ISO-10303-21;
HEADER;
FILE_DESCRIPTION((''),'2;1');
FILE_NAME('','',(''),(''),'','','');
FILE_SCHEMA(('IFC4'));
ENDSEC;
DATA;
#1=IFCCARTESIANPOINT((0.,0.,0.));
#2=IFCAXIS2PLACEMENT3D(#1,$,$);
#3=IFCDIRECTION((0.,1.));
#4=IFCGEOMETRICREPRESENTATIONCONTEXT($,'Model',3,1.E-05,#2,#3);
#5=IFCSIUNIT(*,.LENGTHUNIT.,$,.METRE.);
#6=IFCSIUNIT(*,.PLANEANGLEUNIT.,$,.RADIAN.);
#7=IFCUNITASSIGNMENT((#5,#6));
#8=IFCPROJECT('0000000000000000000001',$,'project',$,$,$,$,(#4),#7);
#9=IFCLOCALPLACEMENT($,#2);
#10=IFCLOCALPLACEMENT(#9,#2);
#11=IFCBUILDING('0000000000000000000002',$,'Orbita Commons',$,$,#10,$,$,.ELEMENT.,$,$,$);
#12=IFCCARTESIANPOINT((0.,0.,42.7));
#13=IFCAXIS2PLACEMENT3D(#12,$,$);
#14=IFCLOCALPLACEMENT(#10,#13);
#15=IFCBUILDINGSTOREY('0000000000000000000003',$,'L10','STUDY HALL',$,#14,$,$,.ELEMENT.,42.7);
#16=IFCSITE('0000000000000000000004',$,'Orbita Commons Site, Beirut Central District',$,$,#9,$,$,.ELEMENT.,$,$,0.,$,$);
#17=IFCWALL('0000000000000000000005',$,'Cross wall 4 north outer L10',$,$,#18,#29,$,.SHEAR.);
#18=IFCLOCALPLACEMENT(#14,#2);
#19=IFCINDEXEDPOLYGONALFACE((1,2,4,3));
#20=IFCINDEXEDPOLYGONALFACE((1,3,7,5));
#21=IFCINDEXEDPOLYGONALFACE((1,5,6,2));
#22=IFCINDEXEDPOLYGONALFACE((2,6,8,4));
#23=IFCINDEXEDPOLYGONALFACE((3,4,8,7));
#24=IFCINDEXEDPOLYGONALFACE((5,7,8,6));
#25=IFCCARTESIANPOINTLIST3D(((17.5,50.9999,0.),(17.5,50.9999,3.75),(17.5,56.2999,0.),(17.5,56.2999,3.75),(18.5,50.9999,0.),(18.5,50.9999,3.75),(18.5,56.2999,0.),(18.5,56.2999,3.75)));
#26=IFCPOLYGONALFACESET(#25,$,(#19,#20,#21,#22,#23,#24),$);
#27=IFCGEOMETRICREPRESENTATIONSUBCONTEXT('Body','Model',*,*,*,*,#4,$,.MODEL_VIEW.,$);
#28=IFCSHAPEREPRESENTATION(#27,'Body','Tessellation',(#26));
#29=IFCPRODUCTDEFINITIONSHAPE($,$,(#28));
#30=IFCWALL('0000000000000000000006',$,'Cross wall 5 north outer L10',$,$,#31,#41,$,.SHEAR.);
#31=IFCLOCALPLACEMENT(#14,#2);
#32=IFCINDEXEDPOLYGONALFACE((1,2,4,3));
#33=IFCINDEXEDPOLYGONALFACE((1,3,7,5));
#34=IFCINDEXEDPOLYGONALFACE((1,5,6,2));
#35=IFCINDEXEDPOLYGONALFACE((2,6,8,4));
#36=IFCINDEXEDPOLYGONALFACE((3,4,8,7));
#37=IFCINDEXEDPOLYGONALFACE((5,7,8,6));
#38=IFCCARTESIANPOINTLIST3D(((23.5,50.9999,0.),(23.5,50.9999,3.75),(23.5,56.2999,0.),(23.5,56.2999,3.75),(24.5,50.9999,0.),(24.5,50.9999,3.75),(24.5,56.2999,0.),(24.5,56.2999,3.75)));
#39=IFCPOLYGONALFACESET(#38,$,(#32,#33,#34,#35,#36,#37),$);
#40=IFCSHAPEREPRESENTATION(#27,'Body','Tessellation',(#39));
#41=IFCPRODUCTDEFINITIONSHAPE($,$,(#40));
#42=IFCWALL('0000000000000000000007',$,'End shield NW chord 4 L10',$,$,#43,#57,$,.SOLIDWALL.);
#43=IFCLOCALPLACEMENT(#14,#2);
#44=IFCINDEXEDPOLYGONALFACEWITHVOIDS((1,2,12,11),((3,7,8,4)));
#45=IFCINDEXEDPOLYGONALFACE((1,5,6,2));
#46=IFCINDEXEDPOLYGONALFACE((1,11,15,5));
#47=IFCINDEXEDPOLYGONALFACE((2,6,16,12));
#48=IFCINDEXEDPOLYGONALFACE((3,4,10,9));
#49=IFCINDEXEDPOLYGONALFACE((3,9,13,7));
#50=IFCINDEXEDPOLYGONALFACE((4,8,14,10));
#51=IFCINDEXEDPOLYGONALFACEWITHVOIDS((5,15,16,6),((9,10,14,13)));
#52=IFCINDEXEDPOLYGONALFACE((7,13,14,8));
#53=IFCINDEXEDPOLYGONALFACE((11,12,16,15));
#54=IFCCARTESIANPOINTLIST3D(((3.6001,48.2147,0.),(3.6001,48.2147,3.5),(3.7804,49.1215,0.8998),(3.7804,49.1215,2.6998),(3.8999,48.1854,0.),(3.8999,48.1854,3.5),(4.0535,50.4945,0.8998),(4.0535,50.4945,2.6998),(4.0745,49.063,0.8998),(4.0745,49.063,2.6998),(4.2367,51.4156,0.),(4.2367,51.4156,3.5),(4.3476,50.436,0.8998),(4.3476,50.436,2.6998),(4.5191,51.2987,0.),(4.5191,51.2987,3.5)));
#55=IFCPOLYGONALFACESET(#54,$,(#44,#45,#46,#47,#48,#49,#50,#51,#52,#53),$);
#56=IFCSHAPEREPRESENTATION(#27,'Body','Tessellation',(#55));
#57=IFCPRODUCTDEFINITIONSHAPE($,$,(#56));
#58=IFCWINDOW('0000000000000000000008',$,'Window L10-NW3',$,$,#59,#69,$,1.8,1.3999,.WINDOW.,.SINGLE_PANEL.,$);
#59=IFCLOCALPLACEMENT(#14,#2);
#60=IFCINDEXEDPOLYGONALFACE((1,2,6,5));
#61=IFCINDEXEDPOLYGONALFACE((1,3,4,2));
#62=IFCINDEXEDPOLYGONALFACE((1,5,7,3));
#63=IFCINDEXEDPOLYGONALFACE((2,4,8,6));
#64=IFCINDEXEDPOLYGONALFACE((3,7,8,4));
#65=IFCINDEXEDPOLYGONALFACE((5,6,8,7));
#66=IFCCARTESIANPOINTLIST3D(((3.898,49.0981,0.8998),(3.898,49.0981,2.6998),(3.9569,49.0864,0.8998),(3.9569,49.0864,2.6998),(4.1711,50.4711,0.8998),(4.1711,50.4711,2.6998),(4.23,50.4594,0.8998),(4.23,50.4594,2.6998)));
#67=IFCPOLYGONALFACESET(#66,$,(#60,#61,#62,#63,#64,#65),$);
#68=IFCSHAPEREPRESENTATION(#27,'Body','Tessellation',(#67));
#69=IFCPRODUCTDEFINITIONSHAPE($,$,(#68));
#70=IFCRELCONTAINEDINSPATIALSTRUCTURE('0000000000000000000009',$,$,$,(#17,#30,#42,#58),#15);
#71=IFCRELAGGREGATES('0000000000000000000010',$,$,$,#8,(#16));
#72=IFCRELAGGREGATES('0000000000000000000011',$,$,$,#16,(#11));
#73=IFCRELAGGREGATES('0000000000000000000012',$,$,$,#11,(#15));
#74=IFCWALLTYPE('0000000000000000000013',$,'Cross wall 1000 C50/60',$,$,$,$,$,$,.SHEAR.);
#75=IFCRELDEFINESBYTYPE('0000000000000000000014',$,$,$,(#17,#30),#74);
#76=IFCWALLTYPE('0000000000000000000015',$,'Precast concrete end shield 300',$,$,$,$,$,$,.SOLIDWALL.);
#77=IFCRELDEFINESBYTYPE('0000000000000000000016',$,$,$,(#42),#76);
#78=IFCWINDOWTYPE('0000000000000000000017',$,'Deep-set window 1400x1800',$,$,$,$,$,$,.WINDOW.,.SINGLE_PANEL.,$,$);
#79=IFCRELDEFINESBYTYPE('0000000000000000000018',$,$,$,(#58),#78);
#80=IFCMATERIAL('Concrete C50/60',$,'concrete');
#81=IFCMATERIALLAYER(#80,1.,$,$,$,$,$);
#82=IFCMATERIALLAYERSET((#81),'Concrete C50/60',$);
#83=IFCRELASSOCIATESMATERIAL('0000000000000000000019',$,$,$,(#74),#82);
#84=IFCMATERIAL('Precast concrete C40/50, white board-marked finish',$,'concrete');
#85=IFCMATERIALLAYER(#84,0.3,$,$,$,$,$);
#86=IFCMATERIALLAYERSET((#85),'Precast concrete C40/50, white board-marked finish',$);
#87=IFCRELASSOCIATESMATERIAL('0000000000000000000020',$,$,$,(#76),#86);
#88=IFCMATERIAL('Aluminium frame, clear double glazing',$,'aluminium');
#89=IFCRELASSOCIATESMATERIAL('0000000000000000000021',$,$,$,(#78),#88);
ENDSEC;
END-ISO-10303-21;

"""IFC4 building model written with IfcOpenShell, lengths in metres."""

from ifc_helpers import new_model, si_unit, direction, frame, frame_2d, origin, place, context, subcontext, project, spatial, polyline, rectangle, outline, extrude, material, layer, layer_set, type_object, element, fill, save


model = new_model("IFC4")

# Units and contexts
model_context = context("Model", 3, precision=1e-05, world=origin(), true_north=direction((0.0, 1.0)))
body_context = subcontext(model_context, "Body", "Model", "MODEL_VIEW")
ifc_project = project(units=[si_unit("LENGTHUNIT", "METRE"), si_unit("PLANEANGLEUNIT", "RADIAN")], contexts=[model_context])

# Site, building, storey
site_placement = place(None, origin())
site = spatial("IfcSite", under=ifc_project, at=site_placement, Name="Orbita Commons Site, Beirut Central District", CompositionType="ELEMENT", RefElevation=0.0)
building_placement = place(site_placement, origin())
building = spatial("IfcBuilding", under=site, at=building_placement, Name="Orbita Commons", CompositionType="ELEMENT")
storey_placement = place(building_placement, frame((0.0, 0.0, 42.7)))
storey = spatial("IfcBuildingStorey", under=building, at=storey_placement, Name="L10", Description="STUDY HALL", CompositionType="ELEMENT", Elevation=42.7)

# Walls
ifc_material_1 = material(Name="Concrete C50/60", Category="concrete")
ifc_layer_1 = layer(ifc_material_1, 1.0)
ifc_layer_set_1 = layer_set([ifc_layer_1], Name="Concrete C50/60")
wall_type_1 = type_object("IfcWallType", Name="Cross wall 1000 C50/60", PredefinedType="SHEAR", material=ifc_layer_set_1)
for number, where, z_axis, x_axis, name in (
    (1, (18.0, 51.0, 0.0), (0.0, 0.0, 1.0), (0.0, 1.0, 0.0), "Cross wall 4 north outer L10"),
    (2, (24.0, 51.0, 0.0), (0.0, 0.0, 1.0), (0.0, 1.0, 0.0), "Cross wall 5 north outer L10"),
):
    element("IfcWall", number, at=place(storey_placement, frame(where, z_axis=z_axis, x_axis=x_axis)), inside=storey, type_object=wall_type_1, Name=name, PredefinedType="SHEAR", context=body_context, shape_type="SweptSolid", body=[
        extrude(rectangle(XDim=5.3, YDim=1.0, at=frame_2d((2.6499, 0.0))), origin(), (0.0, 0.0, 1.0), 3.75),
    ])

# Wall, opening, window
ifc_material_2 = material(Name="Precast concrete C40/50, white board-marked finish", Category="concrete")
ifc_layer_2 = layer(ifc_material_2, 0.3)
ifc_layer_set_2 = layer_set([ifc_layer_2], Name="Precast concrete C40/50, white board-marked finish")
wall_type_2 = type_object("IfcWallType", Name="Precast concrete end shield 300", PredefinedType="SOLIDWALL", material=ifc_layer_set_2)
wall_1_placement = place(storey_placement, frame((4.3779, 51.3572, 0.0), z_axis=(0.0, 0.0, 1.0), x_axis=(-0.195066, -0.98079, 0.0)))
wall_1 = element("IfcWall", 3, at=wall_1_placement, inside=storey, type_object=wall_type_2, Name="End shield NW chord 4 L10", PredefinedType="SOLIDWALL", context=body_context, shape_type="SweptSolid", body=[
    extrude(outline(polyline([(-0.0298, -0.1499), (3.2339, -0.1499), (3.2041, 0.1499), (0.0298, 0.1499), (-0.0298, -0.1499)])), origin(), (0.0, 0.0, 1.0), 3.5),
])
opening_1_placement = place(wall_1_placement, frame((0.9094, 0.0, 0.8999)))
opening_1 = element("IfcOpeningElement", 4, at=opening_1_placement, cuts=wall_1, PredefinedType="OPENING", context=body_context, shape_type="SweptSolid", body=[
    extrude(rectangle(XDim=1.3999, YDim=1.8, at=frame_2d((0.7, 0.8999))), frame((0.0, 0.1599, 0.0), z_axis=(0.0, -1.0, 0.0), x_axis=(1.0, 0.0, 0.0)), (0.0, 0.0, 1.0), 0.3201),
])
ifc_material_3 = material(Name="Aluminium frame, clear double glazing", Category="aluminium")
window_type = type_object("IfcWindowType", Name="Deep-set window 1400x1800", PartitioningType="SINGLE_PANEL", PredefinedType="WINDOW", material=ifc_material_3)
window_placement = place(opening_1_placement, origin())
window = element("IfcWindow", 5, at=window_placement, inside=storey, type_object=window_type, Name="Window L10-NW3", OverallHeight=1.8, OverallWidth=1.3999, PartitioningType="SINGLE_PANEL", PredefinedType="WINDOW", context=body_context, shape_type="SweptSolid", body=[
    extrude(rectangle(XDim=1.3999, YDim=1.8, at=frame_2d((0.7, 0.8999))), frame((0.0, 0.03, 0.0), z_axis=(0.0, -1.0, 0.0), x_axis=(1.0, 0.0, 0.0)), (0.0, 0.0, 1.0), 0.0601),
])
fill(opening_1, window)

save(model, "model.ifc")
